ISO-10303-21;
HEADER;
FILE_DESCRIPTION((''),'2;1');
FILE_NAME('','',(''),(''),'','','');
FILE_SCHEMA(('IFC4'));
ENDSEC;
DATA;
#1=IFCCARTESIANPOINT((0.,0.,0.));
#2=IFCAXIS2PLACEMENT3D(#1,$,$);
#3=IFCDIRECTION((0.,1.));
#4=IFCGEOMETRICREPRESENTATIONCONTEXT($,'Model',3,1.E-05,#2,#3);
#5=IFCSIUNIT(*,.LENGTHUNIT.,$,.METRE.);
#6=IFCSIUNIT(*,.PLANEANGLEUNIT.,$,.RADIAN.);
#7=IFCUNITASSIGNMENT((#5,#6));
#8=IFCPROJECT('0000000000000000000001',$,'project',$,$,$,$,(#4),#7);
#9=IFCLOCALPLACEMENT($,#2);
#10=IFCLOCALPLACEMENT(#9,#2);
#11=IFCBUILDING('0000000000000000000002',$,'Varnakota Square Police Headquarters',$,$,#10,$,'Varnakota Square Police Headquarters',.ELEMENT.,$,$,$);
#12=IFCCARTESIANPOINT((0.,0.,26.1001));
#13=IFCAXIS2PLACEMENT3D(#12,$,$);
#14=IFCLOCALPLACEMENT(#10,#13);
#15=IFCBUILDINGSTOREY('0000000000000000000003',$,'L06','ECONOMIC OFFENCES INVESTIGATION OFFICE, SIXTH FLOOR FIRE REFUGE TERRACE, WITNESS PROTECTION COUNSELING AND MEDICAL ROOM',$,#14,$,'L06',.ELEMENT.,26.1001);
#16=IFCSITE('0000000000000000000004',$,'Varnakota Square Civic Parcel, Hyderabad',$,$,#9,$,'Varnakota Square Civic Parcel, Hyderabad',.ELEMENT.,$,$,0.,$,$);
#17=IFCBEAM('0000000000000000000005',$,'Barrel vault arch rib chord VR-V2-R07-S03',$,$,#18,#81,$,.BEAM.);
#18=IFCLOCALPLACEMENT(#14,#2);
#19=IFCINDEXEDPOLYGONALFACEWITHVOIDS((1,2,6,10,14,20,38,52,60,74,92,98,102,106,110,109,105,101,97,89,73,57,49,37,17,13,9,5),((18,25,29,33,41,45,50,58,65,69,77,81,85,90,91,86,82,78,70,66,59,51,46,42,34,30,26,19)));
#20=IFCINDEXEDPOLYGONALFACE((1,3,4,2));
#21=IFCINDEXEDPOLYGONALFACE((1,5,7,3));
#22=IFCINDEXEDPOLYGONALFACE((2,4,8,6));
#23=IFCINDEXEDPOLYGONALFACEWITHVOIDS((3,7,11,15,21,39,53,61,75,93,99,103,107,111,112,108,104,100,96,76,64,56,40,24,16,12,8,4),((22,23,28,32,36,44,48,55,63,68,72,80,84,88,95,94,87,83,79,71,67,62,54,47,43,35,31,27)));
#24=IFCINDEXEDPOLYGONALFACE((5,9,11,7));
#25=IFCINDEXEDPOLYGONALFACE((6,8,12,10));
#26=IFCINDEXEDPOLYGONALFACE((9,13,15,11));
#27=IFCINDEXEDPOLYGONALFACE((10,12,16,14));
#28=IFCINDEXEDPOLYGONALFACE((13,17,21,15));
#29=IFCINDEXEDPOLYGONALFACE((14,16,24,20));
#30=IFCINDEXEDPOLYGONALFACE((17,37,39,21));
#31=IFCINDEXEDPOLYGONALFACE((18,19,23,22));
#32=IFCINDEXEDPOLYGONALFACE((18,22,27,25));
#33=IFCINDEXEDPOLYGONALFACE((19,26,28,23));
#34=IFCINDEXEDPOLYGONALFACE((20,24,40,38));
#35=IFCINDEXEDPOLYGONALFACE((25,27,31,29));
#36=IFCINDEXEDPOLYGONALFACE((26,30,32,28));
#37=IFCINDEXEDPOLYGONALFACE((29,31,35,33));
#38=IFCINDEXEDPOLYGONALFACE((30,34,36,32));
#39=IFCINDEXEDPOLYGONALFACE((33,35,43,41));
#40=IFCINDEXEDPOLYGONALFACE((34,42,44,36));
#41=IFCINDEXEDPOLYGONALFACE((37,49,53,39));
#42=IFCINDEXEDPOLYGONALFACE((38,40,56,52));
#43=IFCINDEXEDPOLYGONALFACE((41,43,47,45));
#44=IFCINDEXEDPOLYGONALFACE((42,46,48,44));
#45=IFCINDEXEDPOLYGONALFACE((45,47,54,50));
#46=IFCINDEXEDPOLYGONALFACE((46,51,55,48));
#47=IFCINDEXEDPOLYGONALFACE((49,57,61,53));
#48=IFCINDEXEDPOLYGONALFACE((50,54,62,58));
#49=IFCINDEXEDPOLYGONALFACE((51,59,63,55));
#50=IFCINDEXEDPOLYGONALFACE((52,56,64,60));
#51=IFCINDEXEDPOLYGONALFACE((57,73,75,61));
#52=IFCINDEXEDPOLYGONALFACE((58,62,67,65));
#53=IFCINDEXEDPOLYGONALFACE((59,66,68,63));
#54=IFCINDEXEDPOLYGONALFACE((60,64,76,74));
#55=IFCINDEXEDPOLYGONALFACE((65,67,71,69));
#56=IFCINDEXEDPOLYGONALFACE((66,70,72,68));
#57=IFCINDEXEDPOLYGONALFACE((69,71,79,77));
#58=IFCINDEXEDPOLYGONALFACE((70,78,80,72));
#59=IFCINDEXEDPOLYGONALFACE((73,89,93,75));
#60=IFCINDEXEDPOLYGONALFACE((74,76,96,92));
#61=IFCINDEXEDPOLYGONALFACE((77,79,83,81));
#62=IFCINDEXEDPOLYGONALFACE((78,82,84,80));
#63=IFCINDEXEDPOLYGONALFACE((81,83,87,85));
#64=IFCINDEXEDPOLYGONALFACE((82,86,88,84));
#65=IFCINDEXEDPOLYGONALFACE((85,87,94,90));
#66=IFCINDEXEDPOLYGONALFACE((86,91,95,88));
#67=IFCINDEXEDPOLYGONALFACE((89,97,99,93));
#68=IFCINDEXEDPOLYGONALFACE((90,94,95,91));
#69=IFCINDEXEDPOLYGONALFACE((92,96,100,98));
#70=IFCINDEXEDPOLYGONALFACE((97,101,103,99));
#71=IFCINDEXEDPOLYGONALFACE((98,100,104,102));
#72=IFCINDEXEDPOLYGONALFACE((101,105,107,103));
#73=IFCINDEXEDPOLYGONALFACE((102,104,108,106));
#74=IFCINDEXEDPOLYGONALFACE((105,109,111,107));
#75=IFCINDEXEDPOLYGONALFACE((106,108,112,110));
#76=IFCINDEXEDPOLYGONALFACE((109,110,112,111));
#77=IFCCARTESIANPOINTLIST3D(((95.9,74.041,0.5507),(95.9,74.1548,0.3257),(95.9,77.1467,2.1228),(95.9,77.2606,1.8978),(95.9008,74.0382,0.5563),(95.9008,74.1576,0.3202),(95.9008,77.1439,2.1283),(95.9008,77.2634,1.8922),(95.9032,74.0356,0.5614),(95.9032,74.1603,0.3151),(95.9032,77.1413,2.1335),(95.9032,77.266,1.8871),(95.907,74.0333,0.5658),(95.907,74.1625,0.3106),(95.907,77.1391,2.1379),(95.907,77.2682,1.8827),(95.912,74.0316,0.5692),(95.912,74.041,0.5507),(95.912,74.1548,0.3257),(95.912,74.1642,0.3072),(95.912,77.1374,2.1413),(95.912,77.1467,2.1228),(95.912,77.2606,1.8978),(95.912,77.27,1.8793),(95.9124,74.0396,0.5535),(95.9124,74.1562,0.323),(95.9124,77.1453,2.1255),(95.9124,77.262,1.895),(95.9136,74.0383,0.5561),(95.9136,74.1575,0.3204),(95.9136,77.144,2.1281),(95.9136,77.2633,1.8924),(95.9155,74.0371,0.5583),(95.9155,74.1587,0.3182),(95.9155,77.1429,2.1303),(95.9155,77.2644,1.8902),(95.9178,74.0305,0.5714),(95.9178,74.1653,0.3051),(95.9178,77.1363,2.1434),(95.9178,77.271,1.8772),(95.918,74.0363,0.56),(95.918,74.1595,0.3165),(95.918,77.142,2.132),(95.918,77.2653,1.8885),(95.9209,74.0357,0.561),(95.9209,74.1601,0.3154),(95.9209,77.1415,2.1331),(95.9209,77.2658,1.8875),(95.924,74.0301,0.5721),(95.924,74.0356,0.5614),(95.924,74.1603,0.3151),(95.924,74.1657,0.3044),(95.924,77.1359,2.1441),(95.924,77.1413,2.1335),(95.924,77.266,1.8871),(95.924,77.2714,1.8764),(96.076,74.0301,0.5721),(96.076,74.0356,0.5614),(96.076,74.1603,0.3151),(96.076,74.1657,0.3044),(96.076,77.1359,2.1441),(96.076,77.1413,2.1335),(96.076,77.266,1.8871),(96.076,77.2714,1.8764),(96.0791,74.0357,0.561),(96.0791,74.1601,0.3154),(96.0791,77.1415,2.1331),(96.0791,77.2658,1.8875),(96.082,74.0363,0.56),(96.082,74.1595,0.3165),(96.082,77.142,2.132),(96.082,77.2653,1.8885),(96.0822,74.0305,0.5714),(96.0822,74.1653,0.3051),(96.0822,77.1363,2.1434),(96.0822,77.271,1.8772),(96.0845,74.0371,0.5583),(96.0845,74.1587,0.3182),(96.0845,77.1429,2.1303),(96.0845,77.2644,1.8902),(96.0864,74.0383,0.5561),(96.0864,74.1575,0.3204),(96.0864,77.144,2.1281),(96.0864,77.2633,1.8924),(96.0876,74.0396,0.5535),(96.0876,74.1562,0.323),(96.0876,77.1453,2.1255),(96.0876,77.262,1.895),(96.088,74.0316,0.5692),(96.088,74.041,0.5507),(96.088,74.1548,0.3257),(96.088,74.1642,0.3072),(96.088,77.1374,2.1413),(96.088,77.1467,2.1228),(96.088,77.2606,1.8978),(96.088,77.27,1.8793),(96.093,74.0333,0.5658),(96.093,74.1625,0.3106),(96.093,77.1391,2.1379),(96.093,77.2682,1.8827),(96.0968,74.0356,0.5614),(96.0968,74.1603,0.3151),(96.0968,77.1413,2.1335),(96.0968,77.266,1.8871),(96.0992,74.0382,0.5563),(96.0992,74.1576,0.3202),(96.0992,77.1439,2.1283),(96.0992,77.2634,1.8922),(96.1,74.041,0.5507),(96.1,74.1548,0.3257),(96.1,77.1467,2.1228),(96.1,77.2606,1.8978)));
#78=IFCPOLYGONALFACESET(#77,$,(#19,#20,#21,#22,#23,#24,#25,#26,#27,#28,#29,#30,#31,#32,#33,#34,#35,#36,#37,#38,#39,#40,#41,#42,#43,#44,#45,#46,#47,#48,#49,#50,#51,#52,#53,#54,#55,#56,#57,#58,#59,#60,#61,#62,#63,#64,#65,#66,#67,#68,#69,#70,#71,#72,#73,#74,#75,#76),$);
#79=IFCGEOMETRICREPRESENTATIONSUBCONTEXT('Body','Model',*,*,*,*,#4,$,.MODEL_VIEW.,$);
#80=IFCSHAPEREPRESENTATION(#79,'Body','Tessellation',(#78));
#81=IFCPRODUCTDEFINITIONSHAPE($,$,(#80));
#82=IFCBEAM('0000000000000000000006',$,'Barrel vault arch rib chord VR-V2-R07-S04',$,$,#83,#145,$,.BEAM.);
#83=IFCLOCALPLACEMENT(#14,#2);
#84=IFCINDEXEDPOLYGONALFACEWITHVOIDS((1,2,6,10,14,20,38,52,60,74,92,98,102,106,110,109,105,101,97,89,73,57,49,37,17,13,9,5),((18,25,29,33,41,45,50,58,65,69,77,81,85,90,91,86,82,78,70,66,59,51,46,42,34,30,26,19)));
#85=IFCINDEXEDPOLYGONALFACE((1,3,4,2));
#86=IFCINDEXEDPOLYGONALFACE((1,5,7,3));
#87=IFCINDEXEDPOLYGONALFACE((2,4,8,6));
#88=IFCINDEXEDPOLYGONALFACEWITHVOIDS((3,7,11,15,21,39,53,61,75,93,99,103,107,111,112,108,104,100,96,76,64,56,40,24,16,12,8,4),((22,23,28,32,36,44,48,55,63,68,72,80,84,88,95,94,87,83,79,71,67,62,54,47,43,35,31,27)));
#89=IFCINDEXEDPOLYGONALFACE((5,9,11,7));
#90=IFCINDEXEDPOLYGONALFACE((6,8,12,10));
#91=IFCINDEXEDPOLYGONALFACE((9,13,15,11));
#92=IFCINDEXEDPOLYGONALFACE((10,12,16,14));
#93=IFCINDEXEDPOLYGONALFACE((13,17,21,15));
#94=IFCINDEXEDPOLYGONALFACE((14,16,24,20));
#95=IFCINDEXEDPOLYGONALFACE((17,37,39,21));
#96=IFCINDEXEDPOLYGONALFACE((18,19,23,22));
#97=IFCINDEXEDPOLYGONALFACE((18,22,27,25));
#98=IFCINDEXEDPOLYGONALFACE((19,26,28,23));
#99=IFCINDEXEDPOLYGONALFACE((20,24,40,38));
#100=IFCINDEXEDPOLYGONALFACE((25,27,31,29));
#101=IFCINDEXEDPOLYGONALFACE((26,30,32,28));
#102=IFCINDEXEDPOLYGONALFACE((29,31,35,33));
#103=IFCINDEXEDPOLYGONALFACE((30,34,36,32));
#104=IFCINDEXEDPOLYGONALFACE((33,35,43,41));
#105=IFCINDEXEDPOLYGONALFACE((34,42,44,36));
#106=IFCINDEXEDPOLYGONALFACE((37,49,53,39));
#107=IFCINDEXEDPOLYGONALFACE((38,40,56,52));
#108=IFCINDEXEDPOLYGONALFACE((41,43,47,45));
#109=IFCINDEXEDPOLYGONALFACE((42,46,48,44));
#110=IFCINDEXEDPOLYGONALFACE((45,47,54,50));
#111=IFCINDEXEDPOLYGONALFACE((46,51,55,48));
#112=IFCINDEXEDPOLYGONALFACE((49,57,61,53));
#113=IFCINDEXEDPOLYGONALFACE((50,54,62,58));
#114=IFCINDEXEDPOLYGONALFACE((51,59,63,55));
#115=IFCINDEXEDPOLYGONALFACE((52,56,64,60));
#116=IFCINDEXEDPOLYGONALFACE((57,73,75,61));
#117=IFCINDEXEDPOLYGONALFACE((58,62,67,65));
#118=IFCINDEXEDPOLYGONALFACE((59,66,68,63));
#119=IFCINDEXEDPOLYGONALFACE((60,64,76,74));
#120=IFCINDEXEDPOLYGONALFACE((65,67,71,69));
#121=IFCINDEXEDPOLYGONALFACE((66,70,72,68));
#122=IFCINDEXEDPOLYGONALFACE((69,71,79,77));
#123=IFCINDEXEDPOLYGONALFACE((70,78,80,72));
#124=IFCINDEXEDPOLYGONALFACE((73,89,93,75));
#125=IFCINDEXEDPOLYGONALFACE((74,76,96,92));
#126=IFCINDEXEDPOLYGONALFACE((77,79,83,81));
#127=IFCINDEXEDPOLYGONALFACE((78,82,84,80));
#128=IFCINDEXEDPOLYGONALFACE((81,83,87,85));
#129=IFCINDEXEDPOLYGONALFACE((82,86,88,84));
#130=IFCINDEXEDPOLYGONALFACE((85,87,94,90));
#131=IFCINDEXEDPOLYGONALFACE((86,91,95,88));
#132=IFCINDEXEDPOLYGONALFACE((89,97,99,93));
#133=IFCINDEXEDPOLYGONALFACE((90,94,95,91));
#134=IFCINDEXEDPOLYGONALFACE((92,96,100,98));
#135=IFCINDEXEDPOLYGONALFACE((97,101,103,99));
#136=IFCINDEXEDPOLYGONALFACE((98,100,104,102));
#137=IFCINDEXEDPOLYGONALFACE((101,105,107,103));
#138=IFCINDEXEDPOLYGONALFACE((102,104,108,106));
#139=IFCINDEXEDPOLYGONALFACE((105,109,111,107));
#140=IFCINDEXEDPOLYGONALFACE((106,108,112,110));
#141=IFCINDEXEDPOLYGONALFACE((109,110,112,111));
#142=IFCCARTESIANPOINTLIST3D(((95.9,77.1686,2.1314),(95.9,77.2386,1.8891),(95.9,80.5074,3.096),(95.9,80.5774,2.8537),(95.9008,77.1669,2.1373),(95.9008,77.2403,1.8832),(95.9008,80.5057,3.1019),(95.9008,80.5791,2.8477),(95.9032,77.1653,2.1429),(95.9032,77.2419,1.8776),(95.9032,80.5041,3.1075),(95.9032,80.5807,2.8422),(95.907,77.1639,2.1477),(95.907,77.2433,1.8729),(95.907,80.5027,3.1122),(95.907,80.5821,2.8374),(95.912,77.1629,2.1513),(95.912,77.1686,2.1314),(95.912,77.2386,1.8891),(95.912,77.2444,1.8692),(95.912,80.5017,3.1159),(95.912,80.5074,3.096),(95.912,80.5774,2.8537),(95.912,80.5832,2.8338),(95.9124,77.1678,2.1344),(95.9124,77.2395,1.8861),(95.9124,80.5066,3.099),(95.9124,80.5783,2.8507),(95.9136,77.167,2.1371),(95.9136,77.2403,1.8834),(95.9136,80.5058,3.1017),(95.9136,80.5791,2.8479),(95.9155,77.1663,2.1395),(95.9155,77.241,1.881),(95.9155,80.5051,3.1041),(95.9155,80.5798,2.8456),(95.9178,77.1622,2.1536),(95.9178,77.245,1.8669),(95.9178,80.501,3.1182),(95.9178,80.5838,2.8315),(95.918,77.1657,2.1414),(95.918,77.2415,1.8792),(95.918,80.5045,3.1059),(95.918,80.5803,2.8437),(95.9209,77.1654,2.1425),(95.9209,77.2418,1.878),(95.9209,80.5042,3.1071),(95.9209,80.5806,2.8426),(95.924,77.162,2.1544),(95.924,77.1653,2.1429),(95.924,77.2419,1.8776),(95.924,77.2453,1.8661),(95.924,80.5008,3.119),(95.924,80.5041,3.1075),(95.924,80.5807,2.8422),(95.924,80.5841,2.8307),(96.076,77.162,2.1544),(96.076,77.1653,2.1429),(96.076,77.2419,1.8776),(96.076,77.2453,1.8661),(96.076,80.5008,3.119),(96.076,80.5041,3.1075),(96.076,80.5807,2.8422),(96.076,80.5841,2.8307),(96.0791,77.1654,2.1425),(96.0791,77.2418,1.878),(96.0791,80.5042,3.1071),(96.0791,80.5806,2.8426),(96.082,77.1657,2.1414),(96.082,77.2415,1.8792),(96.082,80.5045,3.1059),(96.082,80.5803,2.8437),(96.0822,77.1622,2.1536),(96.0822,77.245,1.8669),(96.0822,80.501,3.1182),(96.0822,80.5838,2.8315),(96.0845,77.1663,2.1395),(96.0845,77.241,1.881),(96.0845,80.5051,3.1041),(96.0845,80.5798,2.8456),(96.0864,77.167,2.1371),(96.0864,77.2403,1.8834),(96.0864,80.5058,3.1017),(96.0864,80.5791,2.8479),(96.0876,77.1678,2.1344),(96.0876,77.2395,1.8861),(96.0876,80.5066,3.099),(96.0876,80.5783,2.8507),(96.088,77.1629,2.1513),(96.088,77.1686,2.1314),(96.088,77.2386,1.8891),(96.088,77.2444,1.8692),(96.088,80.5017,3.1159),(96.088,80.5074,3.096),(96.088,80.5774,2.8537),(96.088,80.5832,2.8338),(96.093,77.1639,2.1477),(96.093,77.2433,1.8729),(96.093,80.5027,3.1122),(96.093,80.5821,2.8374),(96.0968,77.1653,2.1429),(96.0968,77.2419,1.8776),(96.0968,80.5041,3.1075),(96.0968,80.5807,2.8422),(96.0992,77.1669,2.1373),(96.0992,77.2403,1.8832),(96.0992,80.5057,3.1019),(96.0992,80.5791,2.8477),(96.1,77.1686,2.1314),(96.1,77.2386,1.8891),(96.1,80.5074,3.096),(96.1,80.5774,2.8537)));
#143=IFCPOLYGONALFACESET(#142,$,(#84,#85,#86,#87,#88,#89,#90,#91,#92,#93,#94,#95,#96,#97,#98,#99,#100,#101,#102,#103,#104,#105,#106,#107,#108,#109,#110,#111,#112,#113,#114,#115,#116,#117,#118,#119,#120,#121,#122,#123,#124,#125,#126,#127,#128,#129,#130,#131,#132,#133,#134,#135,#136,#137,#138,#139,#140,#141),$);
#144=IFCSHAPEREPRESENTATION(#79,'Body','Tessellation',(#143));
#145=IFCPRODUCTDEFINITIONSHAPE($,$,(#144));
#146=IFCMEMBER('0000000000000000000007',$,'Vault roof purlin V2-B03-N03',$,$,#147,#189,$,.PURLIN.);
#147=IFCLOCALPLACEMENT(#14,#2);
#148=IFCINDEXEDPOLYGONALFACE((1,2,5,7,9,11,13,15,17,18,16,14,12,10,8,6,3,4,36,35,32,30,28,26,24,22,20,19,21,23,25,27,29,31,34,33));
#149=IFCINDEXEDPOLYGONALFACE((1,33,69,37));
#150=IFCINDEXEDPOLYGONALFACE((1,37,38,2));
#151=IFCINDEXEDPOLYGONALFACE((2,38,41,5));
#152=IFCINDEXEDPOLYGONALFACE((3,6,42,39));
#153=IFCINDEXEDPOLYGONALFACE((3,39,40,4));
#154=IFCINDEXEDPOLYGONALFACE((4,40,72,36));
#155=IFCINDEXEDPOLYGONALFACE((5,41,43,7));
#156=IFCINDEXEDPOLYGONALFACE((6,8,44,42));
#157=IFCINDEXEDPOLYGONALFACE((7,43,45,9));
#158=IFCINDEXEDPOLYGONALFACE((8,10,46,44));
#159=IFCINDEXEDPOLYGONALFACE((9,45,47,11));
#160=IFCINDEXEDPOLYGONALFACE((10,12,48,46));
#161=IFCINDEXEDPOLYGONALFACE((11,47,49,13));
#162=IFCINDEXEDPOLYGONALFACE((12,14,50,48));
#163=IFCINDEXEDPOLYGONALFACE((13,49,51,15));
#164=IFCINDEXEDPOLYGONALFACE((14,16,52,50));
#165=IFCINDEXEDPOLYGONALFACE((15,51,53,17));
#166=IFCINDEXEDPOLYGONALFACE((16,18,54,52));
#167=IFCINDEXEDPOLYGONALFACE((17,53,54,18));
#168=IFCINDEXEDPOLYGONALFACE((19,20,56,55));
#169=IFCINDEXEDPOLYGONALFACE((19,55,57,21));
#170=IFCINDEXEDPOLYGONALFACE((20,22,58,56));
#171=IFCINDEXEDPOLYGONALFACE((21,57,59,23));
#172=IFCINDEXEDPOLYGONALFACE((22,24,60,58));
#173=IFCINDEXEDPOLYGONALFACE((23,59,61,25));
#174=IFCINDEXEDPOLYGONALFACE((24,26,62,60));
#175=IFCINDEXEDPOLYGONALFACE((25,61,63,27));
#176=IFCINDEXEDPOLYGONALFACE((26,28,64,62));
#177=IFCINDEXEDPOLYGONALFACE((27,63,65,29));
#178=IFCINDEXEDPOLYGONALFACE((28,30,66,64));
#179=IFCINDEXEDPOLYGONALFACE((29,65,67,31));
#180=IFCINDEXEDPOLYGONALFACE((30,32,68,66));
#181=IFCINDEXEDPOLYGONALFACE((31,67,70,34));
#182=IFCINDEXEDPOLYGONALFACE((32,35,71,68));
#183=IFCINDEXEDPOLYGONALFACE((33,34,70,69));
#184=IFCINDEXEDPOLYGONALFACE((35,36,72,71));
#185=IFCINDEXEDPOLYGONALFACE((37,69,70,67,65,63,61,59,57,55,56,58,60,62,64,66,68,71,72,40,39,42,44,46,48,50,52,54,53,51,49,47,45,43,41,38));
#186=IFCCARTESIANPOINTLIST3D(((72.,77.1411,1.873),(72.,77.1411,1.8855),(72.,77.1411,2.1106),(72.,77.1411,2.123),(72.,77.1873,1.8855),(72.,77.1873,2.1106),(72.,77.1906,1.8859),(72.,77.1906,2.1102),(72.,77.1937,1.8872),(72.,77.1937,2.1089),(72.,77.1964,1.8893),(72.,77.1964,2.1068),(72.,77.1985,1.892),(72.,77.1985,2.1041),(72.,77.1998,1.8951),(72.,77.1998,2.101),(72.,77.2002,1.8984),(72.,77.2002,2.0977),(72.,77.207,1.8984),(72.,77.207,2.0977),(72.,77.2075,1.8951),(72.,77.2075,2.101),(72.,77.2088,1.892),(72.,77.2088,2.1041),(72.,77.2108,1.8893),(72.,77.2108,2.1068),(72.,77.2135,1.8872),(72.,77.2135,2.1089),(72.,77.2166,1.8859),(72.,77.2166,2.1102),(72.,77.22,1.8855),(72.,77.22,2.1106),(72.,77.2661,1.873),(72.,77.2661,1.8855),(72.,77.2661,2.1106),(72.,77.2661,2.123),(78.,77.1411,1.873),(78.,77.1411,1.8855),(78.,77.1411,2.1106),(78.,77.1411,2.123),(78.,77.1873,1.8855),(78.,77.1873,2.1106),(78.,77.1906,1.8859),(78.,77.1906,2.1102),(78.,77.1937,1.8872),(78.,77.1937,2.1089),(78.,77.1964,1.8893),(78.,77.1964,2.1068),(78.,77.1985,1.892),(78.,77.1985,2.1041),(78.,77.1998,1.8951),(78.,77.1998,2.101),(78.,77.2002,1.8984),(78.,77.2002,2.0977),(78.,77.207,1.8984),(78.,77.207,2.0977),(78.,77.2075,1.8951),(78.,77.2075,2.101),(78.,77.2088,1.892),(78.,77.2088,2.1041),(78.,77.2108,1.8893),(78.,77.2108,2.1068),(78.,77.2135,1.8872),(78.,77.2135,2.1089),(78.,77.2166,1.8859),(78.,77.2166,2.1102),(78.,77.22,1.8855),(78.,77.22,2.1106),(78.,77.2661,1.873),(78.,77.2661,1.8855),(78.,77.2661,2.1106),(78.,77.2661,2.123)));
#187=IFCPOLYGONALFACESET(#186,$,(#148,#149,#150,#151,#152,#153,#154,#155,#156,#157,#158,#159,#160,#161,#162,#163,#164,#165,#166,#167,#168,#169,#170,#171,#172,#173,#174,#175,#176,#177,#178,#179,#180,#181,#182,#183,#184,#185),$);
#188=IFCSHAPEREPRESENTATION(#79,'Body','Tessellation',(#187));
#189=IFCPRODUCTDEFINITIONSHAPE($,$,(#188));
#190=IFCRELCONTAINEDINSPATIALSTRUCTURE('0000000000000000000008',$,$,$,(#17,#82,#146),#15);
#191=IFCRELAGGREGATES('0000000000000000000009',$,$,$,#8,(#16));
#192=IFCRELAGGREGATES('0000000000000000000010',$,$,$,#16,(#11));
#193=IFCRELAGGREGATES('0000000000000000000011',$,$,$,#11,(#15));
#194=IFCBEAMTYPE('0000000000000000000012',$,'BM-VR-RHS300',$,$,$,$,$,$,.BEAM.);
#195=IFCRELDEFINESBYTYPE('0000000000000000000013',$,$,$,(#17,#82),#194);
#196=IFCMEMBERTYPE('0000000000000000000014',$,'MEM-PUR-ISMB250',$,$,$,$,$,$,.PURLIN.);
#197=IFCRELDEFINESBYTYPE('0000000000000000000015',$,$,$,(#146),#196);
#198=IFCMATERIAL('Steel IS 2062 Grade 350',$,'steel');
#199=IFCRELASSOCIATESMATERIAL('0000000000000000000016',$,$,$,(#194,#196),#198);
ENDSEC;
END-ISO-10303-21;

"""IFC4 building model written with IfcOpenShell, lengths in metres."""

from ifc_helpers import new_model, si_unit, direction, frame, origin, origin_2d, place, context, subcontext, project, spatial, hollow_rectangle, i_section, extrude, material, material_profile, profile_set, type_object, element, save


model = new_model("IFC4")

# Units and contexts
model_context = context("Model", 3, precision=1e-05, world=origin(), true_north=direction((0.0, 1.0)))
body_context = subcontext(model_context, "Body", "Model", "MODEL_VIEW")
ifc_project = project(units=[si_unit("LENGTHUNIT", "METRE"), si_unit("PLANEANGLEUNIT", "RADIAN")], contexts=[model_context])

# Site, building, storey
site_placement = place(None, origin())
site = spatial("IfcSite", under=ifc_project, at=site_placement, Name="Varnakota Square Civic Parcel, Hyderabad", LongName="Varnakota Square Civic Parcel, Hyderabad", CompositionType="ELEMENT", RefElevation=0.0)
building_placement = place(site_placement, origin())
building = spatial("IfcBuilding", under=site, at=building_placement, Name="Varnakota Square Police Headquarters", LongName="Varnakota Square Police Headquarters", CompositionType="ELEMENT")
storey_placement = place(building_placement, frame((0.0, 0.0, 26.1001)))
storey = spatial("IfcBuildingStorey", under=building, at=storey_placement, Name="L06", Description="ECONOMIC OFFENCES INVESTIGATION OFFICE, SIXTH FLOOR FIRE REFUGE TERRACE, WITNESS PROTECTION COUNSELING AND MEDICAL ROOM", LongName="L06", CompositionType="ELEMENT", Elevation=26.1001)

# Beams
ifc_material_1 = material(Name="Steel IS 2062 Grade 350", Category="steel")
ifc_material_profile_1 = material_profile(ifc_material_1, hollow_rectangle(XDim=0.2, YDim=0.3, WallThickness=0.012, InnerFilletRadius=0.012, OuterFilletRadius=0.0239, at=origin_2d()), Name="RHS 300x200x12")
ifc_profile_set_1 = profile_set([ifc_material_profile_1], Name="Steel IS 2062 Grade 350")
beam_type = type_object("IfcBeamType", Name="BM-VR-RHS300", PredefinedType="BEAM", material=ifc_profile_set_1)
beam_1_placement = place(storey_placement, frame((96.0, 74.0979, 0.4382), z_axis=(0.0, 0.892214, 0.451613), x_axis=(-1.0, 0.0, 0.0)))
element("IfcBeam", 1, at=beam_1_placement, inside=storey, type_object=beam_type, Name="Barrel vault arch rib chord VR-V2-R07-S03", PredefinedType="BEAM", context=body_context, shape_type="SweptSolid", body=[
    extrude(hollow_rectangle(XDim=0.2, YDim=0.3, WallThickness=0.012, InnerFilletRadius=0.012, OuterFilletRadius=0.0239, at=origin_2d()), origin(), (0.0, 0.0, 1.0), 3.481),
])
beam_2_placement = place(storey_placement, frame((96.0, 77.2036, 2.0103), z_axis=(0.0, 0.960711, 0.27755), x_axis=(-1.0, 0.0, 0.0)))
element("IfcBeam", 2, at=beam_2_placement, inside=storey, type_object=beam_type, Name="Barrel vault arch rib chord VR-V2-R07-S04", PredefinedType="BEAM", context=body_context, shape_type="SweptSolid", body=[
    extrude(hollow_rectangle(XDim=0.2, YDim=0.3, WallThickness=0.012, InnerFilletRadius=0.012, OuterFilletRadius=0.0239, at=origin_2d()), origin(), (0.0, 0.0, 1.0), 3.4753),
])

# Member
ifc_material_profile_2 = material_profile(ifc_material_1, i_section(OverallWidth=0.125, OverallDepth=0.25, WebThickness=0.0068, FlangeThickness=0.0125, FilletRadius=0.0129, at=origin_2d()), Name="ISMB 250")
ifc_profile_set_2 = profile_set([ifc_material_profile_2], Name="Steel IS 2062 Grade 350")
member_type_1 = type_object("IfcMemberType", Name="MEM-PUR-ISMB250", PredefinedType="PURLIN", material=ifc_profile_set_2)
for number, where, z_axis, x_axis, name in (
    (3, (72.0, 77.2036, 1.998), (1.0, 0.0, 0.0), (0.0, 1.0, 0.0), "Vault roof purlin V2-B03-N03"),
):
    element("IfcMember", number, at=place(storey_placement, frame(where, z_axis=z_axis, x_axis=x_axis)), inside=storey, type_object=member_type_1, Name=name, PredefinedType="PURLIN", context=body_context, shape_type="SweptSolid", body=[
        extrude(i_section(OverallWidth=0.125, OverallDepth=0.25, WebThickness=0.0068, FlangeThickness=0.0125, FilletRadius=0.0129, at=origin_2d()), origin(), (0.0, 0.0, 1.0), 6.0),
    ])

save(model, "model.ifc")
